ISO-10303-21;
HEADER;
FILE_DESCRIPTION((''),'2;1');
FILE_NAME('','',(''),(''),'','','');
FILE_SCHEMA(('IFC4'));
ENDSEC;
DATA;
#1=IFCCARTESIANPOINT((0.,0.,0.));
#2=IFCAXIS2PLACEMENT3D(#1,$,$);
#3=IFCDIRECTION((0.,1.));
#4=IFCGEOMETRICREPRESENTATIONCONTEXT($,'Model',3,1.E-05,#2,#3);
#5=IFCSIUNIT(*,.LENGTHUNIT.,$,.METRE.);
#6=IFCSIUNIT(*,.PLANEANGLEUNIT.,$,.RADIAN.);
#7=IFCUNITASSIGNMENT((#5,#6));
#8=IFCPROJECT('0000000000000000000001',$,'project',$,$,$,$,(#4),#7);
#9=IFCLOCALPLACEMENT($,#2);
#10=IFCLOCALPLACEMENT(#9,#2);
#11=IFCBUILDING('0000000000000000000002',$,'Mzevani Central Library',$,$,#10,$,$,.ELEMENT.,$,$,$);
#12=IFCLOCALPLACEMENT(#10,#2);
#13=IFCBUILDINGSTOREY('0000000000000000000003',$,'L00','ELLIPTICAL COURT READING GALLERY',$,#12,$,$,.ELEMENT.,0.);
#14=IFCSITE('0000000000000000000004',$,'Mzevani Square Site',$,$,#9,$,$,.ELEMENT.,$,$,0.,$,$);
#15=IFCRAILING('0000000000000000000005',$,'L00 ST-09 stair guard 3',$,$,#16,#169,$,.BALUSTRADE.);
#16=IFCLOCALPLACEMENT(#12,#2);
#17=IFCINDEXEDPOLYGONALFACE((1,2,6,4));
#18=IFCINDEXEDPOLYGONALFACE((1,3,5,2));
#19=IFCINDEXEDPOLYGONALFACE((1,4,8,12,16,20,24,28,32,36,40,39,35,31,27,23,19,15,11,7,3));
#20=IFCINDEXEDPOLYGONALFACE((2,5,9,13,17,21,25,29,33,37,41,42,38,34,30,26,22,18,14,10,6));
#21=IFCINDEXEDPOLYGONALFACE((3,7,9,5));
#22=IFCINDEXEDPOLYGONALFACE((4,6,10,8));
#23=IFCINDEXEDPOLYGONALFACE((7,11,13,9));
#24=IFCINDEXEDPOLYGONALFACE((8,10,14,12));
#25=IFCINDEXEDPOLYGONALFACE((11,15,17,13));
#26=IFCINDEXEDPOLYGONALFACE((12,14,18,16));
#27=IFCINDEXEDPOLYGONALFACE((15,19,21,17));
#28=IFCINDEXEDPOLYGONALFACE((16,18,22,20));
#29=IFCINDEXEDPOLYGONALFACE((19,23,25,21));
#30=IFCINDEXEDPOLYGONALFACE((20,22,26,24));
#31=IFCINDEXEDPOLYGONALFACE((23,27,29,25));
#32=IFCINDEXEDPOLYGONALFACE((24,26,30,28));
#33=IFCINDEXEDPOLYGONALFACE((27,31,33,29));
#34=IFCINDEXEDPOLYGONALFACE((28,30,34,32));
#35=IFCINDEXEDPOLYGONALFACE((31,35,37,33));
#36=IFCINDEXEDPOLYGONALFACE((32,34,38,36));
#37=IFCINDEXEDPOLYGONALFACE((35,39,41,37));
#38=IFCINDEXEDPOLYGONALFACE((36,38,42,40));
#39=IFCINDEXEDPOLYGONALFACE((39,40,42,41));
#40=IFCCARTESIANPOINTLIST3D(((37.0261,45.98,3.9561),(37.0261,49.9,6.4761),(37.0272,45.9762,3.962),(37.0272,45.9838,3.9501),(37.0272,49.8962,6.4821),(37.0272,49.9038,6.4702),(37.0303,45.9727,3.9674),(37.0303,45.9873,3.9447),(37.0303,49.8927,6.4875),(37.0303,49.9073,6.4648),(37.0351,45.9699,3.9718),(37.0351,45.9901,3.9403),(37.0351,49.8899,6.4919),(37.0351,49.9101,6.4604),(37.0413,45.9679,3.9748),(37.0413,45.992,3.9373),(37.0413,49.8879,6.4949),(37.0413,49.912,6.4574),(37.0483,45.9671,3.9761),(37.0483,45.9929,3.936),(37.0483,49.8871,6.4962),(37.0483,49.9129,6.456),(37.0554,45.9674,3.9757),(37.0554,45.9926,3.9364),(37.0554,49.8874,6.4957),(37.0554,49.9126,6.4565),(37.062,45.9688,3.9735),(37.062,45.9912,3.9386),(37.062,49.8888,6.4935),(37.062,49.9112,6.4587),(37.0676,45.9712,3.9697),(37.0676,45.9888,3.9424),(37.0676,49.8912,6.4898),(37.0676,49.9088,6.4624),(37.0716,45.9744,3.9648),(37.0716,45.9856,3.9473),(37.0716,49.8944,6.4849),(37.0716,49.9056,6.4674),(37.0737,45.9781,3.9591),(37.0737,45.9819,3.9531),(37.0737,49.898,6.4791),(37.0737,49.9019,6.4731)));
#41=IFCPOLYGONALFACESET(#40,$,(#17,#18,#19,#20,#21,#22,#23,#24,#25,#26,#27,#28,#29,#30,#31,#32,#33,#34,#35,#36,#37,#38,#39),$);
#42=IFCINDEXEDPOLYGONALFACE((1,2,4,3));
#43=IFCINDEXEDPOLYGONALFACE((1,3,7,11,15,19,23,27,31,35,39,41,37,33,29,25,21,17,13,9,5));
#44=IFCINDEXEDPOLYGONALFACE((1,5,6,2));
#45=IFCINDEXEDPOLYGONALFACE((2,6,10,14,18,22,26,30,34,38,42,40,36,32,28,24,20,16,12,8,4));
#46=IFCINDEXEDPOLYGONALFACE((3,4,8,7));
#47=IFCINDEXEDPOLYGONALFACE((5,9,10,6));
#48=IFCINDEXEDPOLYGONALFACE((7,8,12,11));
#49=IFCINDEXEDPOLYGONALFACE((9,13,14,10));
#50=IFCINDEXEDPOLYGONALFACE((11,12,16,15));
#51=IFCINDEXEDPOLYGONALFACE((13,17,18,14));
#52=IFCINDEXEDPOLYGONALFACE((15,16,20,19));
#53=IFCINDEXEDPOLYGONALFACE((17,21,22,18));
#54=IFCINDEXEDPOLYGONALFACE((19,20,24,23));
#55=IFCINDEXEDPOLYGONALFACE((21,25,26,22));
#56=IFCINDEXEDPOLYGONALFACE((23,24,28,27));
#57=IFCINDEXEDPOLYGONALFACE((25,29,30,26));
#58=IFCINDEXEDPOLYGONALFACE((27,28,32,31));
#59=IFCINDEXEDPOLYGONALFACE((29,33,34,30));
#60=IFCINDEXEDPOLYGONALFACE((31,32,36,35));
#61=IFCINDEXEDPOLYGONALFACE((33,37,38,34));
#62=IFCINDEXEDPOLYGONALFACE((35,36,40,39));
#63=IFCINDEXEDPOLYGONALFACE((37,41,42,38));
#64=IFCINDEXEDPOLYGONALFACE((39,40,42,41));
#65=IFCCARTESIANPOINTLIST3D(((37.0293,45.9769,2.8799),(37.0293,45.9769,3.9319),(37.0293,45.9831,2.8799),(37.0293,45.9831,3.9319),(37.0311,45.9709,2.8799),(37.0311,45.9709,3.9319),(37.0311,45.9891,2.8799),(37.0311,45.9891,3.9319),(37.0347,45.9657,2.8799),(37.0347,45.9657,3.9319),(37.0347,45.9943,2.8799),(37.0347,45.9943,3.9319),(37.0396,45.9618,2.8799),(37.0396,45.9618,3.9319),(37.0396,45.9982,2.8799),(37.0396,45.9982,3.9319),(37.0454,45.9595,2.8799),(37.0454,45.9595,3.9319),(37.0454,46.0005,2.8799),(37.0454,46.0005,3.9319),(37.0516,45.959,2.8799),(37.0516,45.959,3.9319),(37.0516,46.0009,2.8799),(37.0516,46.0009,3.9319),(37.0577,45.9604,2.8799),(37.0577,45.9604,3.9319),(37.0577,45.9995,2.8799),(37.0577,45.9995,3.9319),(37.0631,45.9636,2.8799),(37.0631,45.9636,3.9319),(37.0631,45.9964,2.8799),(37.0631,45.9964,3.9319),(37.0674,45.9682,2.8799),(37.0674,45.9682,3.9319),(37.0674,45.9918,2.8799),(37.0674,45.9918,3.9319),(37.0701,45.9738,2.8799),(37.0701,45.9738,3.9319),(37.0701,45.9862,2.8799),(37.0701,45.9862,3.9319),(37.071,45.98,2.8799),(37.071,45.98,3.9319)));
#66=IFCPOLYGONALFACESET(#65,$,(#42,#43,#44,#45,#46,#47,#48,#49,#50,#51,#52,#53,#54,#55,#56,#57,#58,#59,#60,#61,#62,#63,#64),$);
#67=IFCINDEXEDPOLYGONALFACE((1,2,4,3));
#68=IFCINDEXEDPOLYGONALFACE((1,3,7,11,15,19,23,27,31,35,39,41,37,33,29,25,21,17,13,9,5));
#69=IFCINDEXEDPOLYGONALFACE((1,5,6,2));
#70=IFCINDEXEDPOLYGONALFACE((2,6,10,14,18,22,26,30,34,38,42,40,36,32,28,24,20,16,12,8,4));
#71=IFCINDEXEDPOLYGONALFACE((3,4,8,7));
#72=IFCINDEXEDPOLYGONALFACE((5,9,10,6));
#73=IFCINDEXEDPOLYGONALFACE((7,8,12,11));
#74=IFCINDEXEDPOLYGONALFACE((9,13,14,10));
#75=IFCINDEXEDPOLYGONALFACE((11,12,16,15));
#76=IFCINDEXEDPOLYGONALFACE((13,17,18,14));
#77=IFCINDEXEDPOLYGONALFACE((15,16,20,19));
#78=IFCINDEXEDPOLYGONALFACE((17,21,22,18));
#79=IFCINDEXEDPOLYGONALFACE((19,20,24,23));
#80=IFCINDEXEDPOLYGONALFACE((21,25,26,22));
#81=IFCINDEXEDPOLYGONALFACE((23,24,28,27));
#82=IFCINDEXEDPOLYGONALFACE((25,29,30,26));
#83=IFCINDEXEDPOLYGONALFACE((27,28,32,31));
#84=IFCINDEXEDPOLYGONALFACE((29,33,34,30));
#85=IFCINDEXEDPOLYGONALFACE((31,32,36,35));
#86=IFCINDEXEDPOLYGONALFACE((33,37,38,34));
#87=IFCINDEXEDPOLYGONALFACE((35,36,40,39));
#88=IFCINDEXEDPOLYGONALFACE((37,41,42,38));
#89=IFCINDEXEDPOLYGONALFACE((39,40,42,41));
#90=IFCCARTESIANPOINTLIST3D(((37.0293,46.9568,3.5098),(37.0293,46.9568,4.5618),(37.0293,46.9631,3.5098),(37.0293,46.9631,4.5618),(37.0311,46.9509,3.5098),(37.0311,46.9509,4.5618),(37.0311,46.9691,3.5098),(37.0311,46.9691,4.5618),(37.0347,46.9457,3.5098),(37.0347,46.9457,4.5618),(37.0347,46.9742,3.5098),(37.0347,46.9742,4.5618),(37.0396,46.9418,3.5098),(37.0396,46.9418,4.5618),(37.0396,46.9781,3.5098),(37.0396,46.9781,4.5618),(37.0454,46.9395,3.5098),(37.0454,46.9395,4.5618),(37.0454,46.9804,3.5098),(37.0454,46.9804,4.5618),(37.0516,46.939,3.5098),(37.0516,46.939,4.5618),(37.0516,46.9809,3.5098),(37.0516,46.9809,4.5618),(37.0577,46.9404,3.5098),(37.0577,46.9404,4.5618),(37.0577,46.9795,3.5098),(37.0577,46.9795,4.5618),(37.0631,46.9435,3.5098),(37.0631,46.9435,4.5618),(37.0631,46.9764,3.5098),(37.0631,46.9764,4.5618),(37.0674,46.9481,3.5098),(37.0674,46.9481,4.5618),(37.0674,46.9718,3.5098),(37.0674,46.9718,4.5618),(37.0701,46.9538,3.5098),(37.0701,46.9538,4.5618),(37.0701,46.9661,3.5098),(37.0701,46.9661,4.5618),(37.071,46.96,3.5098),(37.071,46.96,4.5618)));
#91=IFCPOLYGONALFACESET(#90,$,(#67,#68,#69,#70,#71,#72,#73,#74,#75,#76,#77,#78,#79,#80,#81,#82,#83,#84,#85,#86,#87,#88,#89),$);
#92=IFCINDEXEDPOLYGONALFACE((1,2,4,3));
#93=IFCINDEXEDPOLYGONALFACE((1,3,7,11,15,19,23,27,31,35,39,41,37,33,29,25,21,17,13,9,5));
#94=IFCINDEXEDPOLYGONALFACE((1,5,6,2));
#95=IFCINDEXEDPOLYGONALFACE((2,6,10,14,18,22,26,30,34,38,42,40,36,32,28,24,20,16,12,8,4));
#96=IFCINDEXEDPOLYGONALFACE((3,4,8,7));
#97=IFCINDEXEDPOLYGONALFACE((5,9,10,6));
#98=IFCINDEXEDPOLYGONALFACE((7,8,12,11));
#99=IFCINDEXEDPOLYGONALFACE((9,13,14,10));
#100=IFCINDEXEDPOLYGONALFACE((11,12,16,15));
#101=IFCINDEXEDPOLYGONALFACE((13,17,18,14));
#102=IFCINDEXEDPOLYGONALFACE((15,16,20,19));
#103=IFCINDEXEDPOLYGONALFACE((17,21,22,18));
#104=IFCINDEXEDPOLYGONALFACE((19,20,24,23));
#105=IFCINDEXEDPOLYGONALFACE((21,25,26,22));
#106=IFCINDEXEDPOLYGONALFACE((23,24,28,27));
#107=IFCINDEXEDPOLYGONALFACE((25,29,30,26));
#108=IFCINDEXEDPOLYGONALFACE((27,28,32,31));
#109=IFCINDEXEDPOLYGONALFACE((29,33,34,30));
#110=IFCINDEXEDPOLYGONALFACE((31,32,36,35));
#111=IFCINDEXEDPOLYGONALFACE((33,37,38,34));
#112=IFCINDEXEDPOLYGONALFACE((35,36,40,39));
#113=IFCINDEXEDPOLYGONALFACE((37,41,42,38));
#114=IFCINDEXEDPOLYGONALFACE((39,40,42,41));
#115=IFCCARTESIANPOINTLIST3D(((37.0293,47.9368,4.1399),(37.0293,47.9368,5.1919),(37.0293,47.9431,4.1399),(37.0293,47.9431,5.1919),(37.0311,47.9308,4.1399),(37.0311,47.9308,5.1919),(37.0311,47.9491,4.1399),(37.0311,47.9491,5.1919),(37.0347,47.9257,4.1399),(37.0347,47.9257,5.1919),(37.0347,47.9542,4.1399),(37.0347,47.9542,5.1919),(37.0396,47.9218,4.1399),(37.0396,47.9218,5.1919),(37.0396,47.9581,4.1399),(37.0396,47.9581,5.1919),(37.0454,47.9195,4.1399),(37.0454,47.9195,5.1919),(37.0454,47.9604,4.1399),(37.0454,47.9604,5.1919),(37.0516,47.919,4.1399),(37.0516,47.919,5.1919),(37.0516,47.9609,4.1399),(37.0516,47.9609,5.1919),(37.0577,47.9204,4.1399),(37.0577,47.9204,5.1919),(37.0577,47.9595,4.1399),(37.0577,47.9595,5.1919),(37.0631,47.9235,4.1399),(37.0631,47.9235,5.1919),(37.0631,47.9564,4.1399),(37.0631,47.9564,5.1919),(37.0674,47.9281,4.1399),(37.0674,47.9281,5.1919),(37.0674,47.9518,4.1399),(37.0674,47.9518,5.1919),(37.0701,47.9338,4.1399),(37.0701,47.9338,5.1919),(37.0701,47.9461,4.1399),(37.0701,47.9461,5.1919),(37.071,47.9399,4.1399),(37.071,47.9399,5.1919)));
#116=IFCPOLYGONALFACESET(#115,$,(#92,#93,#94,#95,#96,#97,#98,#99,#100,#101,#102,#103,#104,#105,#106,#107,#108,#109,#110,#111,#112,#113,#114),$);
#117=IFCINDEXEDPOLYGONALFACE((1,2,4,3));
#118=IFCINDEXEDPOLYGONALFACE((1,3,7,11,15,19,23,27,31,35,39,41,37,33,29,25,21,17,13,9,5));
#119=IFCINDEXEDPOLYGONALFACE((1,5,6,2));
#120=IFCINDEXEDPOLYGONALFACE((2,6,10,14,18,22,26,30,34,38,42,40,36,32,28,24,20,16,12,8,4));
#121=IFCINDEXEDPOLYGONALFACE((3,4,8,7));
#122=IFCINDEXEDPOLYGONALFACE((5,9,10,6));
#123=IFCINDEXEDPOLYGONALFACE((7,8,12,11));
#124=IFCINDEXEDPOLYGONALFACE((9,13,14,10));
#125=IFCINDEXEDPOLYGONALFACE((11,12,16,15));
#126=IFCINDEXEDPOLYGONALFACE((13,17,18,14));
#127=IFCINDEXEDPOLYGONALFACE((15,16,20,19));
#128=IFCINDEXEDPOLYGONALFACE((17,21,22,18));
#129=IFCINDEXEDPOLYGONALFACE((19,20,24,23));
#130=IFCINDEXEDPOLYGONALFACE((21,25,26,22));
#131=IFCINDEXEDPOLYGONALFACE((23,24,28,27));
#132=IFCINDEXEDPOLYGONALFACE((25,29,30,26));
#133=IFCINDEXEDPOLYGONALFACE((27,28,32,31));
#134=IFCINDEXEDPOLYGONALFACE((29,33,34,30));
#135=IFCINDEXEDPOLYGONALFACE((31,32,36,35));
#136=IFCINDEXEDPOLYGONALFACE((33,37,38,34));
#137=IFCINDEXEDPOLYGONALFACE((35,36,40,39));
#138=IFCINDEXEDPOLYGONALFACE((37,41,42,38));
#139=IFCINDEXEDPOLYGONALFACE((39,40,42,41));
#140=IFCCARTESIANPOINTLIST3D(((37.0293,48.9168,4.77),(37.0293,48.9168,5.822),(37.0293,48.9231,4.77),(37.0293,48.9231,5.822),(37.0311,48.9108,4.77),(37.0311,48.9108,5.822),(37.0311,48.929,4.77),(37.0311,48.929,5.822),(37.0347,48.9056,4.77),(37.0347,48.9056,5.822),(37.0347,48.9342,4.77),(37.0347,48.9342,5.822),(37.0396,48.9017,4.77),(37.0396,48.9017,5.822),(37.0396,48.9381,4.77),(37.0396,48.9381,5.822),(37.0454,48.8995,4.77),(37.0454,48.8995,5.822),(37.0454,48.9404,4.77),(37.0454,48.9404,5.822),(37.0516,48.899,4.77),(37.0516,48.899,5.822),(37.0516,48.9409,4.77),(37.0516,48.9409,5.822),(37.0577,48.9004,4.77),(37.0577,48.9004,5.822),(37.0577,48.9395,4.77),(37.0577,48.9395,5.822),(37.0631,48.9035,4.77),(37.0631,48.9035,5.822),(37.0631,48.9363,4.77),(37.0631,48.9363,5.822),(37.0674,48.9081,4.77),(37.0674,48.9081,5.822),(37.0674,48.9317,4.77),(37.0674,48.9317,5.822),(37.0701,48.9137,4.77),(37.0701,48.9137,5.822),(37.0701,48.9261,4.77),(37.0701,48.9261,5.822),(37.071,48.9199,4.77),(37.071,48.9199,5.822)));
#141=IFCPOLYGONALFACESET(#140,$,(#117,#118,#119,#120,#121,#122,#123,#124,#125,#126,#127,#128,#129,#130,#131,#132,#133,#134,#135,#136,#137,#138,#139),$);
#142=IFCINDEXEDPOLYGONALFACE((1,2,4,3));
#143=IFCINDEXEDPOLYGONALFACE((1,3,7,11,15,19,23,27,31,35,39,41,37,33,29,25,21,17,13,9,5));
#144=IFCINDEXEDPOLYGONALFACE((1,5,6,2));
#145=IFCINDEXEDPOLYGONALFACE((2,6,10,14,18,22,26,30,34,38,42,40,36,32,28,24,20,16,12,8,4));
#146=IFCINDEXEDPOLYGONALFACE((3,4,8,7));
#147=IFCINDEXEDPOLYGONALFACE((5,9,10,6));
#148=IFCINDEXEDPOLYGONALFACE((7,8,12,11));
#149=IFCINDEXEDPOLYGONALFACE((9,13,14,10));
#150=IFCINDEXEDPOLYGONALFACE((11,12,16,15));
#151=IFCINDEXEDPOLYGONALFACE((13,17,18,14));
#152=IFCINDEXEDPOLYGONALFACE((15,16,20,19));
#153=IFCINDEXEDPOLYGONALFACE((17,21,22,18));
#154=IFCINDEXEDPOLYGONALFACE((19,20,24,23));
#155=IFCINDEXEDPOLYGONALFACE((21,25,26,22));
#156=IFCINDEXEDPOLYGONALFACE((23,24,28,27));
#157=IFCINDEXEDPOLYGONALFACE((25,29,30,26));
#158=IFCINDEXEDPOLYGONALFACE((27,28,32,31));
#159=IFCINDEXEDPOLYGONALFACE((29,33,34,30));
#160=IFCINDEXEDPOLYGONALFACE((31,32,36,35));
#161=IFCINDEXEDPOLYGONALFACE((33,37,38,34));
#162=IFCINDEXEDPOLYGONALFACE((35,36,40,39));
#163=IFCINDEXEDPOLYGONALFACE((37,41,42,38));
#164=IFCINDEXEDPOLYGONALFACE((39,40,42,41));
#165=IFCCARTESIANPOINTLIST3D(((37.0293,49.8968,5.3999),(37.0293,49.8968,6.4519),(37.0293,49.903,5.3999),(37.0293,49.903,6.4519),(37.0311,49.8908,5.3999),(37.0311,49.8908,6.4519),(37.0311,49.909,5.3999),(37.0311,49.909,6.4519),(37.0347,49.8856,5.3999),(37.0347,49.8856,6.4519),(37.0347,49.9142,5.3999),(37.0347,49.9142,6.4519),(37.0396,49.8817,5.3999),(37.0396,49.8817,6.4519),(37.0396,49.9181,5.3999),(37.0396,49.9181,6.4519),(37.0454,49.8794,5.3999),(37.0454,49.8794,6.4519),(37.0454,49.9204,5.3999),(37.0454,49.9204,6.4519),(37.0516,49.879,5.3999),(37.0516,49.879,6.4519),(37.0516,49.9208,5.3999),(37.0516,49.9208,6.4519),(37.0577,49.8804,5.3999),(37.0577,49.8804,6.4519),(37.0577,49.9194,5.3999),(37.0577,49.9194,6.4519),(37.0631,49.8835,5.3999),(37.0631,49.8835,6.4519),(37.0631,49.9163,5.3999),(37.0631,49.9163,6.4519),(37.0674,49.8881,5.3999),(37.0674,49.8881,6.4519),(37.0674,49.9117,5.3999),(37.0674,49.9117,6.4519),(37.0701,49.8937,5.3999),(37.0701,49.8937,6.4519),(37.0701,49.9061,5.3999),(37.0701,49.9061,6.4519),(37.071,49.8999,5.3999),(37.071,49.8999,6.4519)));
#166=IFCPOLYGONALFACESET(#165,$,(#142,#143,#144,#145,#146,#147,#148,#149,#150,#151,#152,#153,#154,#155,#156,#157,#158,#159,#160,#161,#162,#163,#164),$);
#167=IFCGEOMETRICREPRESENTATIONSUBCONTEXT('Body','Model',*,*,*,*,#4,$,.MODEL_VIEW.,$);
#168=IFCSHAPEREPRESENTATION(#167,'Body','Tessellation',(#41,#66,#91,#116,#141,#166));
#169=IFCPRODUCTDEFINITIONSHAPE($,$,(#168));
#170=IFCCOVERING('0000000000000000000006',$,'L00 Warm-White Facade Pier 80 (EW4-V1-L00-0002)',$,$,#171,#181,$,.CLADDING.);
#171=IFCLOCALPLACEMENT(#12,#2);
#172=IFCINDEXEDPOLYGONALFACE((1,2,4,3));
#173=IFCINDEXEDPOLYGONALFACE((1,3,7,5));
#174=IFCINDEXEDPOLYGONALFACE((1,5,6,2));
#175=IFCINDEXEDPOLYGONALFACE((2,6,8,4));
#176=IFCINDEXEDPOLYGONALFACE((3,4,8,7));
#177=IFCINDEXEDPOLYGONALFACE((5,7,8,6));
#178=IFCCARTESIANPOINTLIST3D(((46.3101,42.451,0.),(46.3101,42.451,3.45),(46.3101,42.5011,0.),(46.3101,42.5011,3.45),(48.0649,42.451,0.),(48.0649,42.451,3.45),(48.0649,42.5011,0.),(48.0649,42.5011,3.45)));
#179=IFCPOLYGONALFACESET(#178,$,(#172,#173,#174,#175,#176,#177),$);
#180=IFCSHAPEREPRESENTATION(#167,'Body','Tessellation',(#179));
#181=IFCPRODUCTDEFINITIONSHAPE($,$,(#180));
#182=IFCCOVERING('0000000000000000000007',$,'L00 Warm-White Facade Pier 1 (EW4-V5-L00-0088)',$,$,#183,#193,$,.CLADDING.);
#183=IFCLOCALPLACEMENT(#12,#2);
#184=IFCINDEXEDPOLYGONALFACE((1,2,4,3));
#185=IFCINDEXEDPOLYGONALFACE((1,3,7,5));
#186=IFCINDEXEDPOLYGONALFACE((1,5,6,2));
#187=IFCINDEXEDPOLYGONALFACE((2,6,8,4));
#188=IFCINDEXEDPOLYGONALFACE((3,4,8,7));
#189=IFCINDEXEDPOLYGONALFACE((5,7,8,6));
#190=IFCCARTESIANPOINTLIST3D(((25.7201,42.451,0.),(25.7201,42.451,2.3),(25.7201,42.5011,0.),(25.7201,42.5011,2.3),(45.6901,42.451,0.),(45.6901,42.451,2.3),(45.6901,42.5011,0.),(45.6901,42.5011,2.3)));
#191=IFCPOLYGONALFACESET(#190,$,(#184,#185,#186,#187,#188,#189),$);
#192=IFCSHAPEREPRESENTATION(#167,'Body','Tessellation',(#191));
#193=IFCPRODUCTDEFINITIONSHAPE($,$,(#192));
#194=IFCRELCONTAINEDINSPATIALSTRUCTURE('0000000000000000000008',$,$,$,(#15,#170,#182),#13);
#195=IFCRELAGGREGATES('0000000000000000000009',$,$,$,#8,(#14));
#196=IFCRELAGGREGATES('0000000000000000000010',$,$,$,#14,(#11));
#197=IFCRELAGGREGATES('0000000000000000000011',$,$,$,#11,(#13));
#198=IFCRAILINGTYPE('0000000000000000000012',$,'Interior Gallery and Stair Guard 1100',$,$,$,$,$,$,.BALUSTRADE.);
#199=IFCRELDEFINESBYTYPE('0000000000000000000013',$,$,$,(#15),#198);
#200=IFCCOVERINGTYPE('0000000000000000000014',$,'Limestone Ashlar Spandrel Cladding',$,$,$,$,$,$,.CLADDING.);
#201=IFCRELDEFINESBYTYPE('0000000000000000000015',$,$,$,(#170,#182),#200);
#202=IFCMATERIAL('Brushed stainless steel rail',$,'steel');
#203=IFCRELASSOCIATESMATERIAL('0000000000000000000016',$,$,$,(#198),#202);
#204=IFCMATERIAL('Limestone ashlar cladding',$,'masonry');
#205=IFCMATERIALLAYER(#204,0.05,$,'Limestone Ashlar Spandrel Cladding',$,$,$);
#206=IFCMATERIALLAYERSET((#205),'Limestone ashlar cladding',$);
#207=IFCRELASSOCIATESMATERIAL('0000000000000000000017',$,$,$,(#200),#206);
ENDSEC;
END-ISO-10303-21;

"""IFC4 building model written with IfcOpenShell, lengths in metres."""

from ifc_helpers import new_model, si_unit, direction, frame, origin, origin_2d, place, context, subcontext, project, spatial, rectangle, circle, extrude, material, layer, layer_set, type_object, element, save


model = new_model("IFC4")

# Units and contexts
model_context = context("Model", 3, precision=1e-05, world=origin(), true_north=direction((0.0, 1.0)))
body_context = subcontext(model_context, "Body", "Model", "MODEL_VIEW")
ifc_project = project(units=[si_unit("LENGTHUNIT", "METRE"), si_unit("PLANEANGLEUNIT", "RADIAN")], contexts=[model_context])

# Site, building, storey
site_placement = place(None, origin())
site = spatial("IfcSite", under=ifc_project, at=site_placement, Name="Mzevani Square Site", CompositionType="ELEMENT", RefElevation=0.0)
building_placement = place(site_placement, origin())
building = spatial("IfcBuilding", under=site, at=building_placement, Name="Mzevani Central Library", CompositionType="ELEMENT")
storey_placement = place(building_placement, origin())
storey = spatial("IfcBuildingStorey", under=building, at=storey_placement, Name="L00", Description="ELLIPTICAL COURT READING GALLERY", CompositionType="ELEMENT", Elevation=0.0)

# Railing
ifc_material_1 = material(Name="Brushed stainless steel rail", Category="steel")
railing_type_1 = type_object("IfcRailingType", Name="Interior Gallery and Stair Guard 1100", PredefinedType="BALUSTRADE", material=ifc_material_1)
railing_1_placement = place(storey_placement, frame((37.05, 45.98, 2.8799)))
element("IfcRailing", 1, at=railing_1_placement, inside=storey, type_object=railing_type_1, Name="L00 ST-09 stair guard 3", PredefinedType="BALUSTRADE", context=body_context, shape_type="SweptSolid", body=[
    extrude(circle(Radius=0.0239, at=origin_2d()), frame((0.0, 0.0, 1.0762), z_axis=(0.0, 0.841172, 0.540768), x_axis=(-1.0, 0.0, 0.0)), (0.0, 0.0, 1.0), 4.6602),
    extrude(circle(Radius=0.021, at=origin_2d()), origin(), (0.0, 0.0, 1.0), 1.052),
    extrude(circle(Radius=0.021, at=origin_2d()), frame((0.0, 0.98, 0.6299)), (0.0, 0.0, 1.0), 1.052),
    extrude(circle(Radius=0.021, at=origin_2d()), frame((0.0, 1.96, 1.26)), (0.0, 0.0, 1.0), 1.052),
    extrude(circle(Radius=0.021, at=origin_2d()), frame((0.0, 2.9399, 1.8901)), (0.0, 0.0, 1.0), 1.052),
    extrude(circle(Radius=0.021, at=origin_2d()), frame((0.0, 3.9199, 2.52)), (0.0, 0.0, 1.0), 1.052),
])

# Coverings
ifc_material_2 = material(Name="Limestone ashlar cladding", Category="masonry")
ifc_layer_1 = layer(ifc_material_2, 0.05, Name="Limestone Ashlar Spandrel Cladding")
ifc_layer_set_1 = layer_set([ifc_layer_1], Name="Limestone ashlar cladding")
covering_type = type_object("IfcCoveringType", Name="Limestone Ashlar Spandrel Cladding", PredefinedType="CLADDING", material=ifc_layer_set_1)
covering_1_placement = place(storey_placement, frame((47.1875, 42.4761, 0.0), z_axis=(0.0, 0.0, 1.0), x_axis=(-1.0, 0.0, 0.0)))
element("IfcCovering", 2, at=covering_1_placement, inside=storey, type_object=covering_type, Name="L00 Warm-White Facade Pier 80 (EW4-V1-L00-0002)", PredefinedType="CLADDING", context=body_context, shape_type="SweptSolid", body=[
    extrude(rectangle(XDim=1.7549, YDim=0.05, at=origin_2d()), origin(), (0.0, 0.0, 1.0), 3.45),
])
covering_2_placement = place(storey_placement, frame((35.7051, 42.4761, 0.0), z_axis=(0.0, 0.0, 1.0), x_axis=(-1.0, 0.0, 0.0)))
element("IfcCovering", 3, at=covering_2_placement, inside=storey, type_object=covering_type, Name="L00 Warm-White Facade Pier 1 (EW4-V5-L00-0088)", PredefinedType="CLADDING", context=body_context, shape_type="SweptSolid", body=[
    extrude(rectangle(XDim=19.97, YDim=0.05, at=origin_2d()), origin(), (0.0, 0.0, 1.0), 2.3),
])

save(model, "model.ifc")
